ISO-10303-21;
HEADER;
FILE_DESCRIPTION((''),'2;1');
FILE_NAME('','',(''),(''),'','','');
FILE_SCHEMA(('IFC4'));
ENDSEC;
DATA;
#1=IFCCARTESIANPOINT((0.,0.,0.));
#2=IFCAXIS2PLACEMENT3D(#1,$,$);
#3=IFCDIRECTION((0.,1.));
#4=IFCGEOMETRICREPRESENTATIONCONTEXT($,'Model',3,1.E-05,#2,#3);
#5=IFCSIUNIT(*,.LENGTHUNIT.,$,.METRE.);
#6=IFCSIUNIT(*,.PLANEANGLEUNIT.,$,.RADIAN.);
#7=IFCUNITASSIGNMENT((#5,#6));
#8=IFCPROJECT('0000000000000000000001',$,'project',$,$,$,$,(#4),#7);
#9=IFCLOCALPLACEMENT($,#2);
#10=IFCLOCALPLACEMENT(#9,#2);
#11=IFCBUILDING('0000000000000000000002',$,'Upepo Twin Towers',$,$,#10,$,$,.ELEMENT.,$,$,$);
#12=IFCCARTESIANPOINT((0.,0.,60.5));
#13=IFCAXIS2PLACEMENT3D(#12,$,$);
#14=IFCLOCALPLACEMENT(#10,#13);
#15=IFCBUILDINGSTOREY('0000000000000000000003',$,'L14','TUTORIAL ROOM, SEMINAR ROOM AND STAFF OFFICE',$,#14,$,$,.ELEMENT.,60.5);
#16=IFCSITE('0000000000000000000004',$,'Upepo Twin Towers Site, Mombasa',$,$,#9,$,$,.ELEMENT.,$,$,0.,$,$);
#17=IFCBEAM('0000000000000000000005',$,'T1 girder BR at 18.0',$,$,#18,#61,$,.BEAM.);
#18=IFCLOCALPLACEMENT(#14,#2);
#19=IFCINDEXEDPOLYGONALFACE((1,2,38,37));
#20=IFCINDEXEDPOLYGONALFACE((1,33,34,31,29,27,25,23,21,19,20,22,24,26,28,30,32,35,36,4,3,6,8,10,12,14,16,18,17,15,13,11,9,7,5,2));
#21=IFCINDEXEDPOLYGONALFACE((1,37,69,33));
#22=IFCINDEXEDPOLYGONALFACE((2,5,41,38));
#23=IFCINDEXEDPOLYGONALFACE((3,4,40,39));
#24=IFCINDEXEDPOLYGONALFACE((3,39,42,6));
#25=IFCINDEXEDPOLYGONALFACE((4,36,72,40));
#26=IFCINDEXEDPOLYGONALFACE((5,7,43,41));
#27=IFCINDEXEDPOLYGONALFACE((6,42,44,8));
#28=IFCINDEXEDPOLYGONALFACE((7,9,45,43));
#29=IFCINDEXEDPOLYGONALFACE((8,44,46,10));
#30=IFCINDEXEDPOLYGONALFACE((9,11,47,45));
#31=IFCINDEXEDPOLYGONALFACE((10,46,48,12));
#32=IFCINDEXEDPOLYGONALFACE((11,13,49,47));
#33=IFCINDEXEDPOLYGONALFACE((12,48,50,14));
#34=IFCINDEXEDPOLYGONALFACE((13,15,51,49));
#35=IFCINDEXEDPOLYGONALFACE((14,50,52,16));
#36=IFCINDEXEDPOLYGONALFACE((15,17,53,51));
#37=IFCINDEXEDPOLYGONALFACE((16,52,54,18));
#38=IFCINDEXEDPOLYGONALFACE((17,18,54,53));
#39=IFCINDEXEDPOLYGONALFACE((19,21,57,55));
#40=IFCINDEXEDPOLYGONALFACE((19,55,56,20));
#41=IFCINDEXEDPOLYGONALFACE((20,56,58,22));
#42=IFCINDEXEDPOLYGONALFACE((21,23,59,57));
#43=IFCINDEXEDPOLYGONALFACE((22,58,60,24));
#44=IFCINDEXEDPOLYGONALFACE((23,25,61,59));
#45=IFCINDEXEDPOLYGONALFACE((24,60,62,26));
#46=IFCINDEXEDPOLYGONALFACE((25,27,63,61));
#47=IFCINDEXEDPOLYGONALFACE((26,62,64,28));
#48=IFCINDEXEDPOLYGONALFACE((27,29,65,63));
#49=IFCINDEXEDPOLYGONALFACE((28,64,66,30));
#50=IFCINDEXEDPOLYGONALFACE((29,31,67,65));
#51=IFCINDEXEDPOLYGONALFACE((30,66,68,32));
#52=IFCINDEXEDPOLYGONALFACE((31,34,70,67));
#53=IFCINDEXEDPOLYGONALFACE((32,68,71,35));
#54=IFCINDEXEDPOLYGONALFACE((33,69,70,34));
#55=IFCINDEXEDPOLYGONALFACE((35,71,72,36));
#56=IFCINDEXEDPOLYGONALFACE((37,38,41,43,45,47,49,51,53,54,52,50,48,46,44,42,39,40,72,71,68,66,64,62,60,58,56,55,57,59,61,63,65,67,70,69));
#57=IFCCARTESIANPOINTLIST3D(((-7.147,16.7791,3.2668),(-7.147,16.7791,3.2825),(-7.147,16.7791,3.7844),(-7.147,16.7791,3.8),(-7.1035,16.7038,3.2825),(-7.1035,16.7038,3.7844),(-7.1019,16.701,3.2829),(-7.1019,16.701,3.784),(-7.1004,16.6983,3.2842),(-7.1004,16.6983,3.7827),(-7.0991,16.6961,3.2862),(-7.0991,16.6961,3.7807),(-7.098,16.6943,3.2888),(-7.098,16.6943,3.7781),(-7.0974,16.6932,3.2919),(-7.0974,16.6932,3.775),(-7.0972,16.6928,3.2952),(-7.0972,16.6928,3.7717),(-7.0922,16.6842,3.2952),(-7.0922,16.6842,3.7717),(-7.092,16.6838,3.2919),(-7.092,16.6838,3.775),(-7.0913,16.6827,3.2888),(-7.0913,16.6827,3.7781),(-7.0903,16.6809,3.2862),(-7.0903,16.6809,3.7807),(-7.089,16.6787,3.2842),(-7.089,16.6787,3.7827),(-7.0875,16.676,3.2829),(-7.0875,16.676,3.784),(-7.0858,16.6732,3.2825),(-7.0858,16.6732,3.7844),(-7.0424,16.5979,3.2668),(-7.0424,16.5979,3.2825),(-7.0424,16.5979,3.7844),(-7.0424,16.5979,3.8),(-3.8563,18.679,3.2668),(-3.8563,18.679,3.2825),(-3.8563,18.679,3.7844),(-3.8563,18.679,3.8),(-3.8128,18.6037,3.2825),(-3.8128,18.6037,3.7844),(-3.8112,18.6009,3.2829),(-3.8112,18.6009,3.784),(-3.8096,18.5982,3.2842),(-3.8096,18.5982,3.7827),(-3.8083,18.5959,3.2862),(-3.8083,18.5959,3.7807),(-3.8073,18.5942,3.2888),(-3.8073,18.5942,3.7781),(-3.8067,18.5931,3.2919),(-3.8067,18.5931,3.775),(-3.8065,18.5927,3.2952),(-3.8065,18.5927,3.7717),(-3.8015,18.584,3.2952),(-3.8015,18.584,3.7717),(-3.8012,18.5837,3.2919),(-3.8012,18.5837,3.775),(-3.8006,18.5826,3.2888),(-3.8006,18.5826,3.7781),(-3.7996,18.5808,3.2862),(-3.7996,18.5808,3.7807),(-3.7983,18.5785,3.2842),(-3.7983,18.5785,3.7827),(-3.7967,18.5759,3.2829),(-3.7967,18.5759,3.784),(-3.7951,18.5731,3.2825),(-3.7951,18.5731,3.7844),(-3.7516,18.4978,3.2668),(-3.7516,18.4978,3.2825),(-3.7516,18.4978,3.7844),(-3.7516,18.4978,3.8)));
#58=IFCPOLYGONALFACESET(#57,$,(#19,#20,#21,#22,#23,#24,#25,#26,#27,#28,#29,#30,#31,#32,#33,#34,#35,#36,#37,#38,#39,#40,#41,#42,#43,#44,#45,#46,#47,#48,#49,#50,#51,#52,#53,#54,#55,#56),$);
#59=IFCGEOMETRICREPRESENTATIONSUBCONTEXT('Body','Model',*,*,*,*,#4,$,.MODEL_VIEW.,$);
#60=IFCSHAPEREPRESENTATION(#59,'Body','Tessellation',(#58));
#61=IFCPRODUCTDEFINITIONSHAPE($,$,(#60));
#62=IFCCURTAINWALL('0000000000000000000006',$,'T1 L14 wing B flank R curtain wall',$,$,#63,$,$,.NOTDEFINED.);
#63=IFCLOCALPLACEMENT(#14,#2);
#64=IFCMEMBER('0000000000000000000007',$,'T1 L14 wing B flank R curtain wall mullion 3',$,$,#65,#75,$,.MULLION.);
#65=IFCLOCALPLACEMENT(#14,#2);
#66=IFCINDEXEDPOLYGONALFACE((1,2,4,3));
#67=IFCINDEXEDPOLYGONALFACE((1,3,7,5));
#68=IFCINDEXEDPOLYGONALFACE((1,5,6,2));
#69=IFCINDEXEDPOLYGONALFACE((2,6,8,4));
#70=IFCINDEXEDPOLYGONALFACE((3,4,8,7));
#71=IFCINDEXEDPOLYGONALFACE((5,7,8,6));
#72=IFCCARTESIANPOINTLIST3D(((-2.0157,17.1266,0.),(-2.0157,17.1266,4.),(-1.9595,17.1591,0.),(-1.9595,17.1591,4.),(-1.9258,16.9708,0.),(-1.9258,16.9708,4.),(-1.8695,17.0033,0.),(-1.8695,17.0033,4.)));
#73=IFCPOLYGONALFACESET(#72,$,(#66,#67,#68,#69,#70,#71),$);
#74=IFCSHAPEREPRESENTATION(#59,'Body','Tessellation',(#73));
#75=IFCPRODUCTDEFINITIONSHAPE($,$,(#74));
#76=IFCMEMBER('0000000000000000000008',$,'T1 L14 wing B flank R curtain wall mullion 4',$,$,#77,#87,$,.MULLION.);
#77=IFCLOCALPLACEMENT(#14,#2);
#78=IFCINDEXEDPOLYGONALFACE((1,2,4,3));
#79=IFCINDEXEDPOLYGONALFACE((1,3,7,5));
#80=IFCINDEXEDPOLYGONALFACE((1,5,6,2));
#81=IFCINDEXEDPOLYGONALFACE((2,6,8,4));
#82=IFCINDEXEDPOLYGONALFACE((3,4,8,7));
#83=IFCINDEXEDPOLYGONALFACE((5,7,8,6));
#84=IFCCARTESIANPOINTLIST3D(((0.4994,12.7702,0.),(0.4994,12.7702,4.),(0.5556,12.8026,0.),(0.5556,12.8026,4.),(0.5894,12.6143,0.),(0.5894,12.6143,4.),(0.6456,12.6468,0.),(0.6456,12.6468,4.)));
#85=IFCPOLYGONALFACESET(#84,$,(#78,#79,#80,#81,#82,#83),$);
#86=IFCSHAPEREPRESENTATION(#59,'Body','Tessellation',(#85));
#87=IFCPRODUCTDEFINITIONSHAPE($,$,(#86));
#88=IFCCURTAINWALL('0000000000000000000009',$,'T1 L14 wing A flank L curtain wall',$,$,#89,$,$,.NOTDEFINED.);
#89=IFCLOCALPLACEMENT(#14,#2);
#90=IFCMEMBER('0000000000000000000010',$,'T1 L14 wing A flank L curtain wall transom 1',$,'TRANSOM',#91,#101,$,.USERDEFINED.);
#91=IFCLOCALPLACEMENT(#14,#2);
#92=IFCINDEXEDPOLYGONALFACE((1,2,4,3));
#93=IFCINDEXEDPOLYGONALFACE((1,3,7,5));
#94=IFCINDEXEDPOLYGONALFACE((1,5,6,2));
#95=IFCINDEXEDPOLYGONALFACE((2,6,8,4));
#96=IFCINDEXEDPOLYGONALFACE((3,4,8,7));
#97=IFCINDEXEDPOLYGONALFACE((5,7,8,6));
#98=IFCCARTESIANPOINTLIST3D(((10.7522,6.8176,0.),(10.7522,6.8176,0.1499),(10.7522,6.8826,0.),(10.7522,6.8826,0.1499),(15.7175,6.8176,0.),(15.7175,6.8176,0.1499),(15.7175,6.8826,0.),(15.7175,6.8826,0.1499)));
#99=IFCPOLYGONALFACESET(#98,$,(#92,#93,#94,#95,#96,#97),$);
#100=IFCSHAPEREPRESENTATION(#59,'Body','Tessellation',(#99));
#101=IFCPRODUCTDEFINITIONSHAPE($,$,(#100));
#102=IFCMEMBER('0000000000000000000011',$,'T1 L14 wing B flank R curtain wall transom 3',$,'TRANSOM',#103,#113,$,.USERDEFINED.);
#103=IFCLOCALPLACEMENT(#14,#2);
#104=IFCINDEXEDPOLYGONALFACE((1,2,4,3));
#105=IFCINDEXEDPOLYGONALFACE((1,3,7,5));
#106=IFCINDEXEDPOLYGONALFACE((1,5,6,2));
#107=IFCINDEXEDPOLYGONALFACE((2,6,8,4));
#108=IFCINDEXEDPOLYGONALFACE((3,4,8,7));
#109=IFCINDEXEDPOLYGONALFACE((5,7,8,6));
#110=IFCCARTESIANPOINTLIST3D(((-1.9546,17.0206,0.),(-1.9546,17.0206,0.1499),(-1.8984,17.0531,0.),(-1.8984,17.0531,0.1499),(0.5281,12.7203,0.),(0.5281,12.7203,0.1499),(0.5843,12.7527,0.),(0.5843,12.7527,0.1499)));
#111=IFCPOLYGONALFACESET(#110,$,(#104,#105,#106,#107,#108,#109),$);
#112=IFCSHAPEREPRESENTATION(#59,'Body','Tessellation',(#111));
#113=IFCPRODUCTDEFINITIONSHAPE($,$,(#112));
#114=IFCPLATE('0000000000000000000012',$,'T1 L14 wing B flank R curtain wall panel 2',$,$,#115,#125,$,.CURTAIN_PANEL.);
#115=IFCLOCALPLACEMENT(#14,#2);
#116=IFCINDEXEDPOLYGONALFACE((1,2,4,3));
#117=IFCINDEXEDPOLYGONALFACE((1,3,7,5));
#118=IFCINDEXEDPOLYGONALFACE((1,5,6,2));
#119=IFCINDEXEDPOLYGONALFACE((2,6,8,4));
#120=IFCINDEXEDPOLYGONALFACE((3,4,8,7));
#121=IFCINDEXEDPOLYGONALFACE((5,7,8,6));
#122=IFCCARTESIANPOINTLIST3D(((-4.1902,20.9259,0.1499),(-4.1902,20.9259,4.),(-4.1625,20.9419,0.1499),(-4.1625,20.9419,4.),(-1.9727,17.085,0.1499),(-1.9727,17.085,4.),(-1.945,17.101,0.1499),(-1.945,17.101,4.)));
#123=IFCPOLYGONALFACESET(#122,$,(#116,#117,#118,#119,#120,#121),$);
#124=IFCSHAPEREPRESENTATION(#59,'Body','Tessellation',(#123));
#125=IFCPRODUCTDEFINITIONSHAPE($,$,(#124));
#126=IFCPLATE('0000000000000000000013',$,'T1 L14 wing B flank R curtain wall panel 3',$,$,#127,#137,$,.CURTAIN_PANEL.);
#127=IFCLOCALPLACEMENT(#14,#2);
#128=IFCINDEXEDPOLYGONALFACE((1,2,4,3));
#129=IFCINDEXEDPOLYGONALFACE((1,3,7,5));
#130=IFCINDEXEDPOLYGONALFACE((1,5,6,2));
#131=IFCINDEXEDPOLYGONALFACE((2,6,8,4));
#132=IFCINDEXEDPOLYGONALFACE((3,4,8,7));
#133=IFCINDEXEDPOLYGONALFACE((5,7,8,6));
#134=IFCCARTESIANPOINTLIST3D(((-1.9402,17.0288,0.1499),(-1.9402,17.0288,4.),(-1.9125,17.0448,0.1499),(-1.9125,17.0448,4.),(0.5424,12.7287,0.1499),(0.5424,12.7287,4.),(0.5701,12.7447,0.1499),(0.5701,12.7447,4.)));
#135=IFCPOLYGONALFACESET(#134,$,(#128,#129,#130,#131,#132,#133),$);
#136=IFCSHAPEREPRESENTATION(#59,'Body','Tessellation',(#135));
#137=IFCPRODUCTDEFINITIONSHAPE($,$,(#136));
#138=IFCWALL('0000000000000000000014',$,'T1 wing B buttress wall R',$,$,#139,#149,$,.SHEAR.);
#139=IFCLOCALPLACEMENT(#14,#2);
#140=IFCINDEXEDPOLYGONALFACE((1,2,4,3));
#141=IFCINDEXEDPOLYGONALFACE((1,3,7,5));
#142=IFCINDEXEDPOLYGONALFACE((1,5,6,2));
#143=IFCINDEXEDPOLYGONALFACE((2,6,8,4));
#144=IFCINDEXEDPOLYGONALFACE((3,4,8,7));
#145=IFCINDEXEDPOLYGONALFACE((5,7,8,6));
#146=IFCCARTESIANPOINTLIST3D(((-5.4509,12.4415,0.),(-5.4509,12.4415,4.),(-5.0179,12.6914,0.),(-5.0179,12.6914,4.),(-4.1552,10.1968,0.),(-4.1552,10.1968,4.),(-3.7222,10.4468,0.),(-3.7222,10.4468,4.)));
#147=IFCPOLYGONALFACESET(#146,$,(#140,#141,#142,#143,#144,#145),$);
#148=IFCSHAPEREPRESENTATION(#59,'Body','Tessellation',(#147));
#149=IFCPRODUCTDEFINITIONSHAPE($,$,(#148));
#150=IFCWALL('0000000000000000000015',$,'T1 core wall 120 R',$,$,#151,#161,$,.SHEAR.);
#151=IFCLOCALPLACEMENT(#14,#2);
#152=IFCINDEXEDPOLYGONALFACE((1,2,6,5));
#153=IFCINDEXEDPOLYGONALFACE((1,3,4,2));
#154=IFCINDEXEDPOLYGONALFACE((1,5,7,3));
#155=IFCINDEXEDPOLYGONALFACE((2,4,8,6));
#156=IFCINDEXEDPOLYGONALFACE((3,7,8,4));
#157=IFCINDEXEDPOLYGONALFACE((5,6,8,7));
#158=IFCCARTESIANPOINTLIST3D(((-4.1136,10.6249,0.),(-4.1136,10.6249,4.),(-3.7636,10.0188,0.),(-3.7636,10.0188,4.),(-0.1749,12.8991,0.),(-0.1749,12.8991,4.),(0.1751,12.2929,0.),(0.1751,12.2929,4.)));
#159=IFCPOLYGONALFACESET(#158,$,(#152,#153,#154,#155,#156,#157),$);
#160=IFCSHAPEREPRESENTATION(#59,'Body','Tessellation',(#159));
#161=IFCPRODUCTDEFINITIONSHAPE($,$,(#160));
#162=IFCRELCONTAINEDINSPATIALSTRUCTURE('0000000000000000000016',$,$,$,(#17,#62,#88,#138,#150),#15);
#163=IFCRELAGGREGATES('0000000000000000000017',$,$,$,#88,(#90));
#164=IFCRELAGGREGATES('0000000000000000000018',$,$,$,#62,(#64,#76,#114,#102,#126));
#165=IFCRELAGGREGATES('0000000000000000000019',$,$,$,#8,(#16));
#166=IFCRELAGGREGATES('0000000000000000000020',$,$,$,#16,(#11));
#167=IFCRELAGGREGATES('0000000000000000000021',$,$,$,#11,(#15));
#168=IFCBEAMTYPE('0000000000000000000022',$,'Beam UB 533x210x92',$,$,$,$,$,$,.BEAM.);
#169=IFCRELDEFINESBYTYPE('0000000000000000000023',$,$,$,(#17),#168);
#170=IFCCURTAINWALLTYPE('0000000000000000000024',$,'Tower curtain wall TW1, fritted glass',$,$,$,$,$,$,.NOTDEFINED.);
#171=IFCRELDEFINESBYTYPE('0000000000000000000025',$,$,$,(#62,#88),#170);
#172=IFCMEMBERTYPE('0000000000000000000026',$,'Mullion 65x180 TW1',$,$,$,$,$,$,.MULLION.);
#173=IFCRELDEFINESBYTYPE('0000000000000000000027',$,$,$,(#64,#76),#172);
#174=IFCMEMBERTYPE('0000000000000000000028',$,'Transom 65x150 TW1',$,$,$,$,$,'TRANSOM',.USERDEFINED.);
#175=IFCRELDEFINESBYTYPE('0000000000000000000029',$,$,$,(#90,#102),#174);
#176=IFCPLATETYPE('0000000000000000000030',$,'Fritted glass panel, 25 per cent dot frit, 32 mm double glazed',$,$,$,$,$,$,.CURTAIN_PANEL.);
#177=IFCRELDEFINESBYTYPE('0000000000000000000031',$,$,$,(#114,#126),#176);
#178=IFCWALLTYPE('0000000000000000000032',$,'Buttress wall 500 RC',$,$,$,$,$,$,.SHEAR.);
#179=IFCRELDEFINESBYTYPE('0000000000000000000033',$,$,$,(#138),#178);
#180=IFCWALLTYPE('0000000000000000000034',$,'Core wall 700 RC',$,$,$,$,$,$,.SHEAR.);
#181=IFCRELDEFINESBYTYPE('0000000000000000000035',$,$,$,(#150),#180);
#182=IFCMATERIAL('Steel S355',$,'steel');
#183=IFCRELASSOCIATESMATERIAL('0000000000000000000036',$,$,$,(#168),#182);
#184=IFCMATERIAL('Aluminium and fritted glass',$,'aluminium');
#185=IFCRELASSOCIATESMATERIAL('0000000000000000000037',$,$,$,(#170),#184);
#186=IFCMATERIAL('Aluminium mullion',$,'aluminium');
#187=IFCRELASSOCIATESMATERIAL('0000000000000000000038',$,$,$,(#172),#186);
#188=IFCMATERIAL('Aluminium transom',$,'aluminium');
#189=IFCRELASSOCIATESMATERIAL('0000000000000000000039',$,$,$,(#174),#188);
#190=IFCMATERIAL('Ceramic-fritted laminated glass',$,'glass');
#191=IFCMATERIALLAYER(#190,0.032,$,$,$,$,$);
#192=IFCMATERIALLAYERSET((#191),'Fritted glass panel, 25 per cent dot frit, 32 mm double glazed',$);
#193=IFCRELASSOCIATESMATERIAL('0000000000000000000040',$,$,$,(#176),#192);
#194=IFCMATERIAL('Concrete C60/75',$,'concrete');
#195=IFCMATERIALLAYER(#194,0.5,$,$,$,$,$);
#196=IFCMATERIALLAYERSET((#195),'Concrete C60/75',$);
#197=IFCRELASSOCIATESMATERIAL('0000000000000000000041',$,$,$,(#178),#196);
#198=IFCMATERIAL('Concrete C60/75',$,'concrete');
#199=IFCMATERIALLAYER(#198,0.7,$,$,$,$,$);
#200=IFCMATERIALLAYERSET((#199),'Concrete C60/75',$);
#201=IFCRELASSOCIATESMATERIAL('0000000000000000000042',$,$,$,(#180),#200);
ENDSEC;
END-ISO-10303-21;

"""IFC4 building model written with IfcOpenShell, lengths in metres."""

from ifc_helpers import new_model, si_unit, direction, frame, frame_2d, origin, origin_2d, place, context, subcontext, project, spatial, rectangle, i_section, extrude, material, layer, layer_set, material_profile, profile_set, type_object, element, aggregate, save


model = new_model("IFC4")

# Units and contexts
model_context = context("Model", 3, precision=1e-05, world=origin(), true_north=direction((0.0, 1.0)))
body_context = subcontext(model_context, "Body", "Model", "MODEL_VIEW")
ifc_project = project(units=[si_unit("LENGTHUNIT", "METRE"), si_unit("PLANEANGLEUNIT", "RADIAN")], contexts=[model_context])

# Site, building, storey
site_placement = place(None, origin())
site = spatial("IfcSite", under=ifc_project, at=site_placement, Name="Upepo Twin Towers Site, Mombasa", CompositionType="ELEMENT", RefElevation=0.0)
building_placement = place(site_placement, origin())
building = spatial("IfcBuilding", under=site, at=building_placement, Name="Upepo Twin Towers", CompositionType="ELEMENT")
storey_placement = place(building_placement, frame((0.0, 0.0, 60.5)))
storey = spatial("IfcBuildingStorey", under=building, at=storey_placement, Name="L14", Description="TUTORIAL ROOM, SEMINAR ROOM AND STAFF OFFICE", CompositionType="ELEMENT", Elevation=60.5)

# Beam
ifc_material_1 = material(Name="Steel S355", Category="steel")
ifc_material_profile_1 = material_profile(ifc_material_1, i_section(OverallWidth=0.2092, OverallDepth=0.5332, WebThickness=0.01, FlangeThickness=0.0156, FilletRadius=0.0127, at=origin_2d()), Name="UB 533x210x92")
ifc_profile_set_1 = profile_set([ifc_material_profile_1], Name="Steel S355")
beam_type_1 = type_object("IfcBeamType", Name="Beam UB 533x210x92", PredefinedType="BEAM", material=ifc_profile_set_1)
beam_1_placement = place(storey_placement, frame((-3.804, 18.5884, 3.5334), z_axis=(-0.866028, -0.499995, 0.0), x_axis=(0.499995, -0.866028, 0.0)))
element("IfcBeam", 1, at=beam_1_placement, inside=storey, type_object=beam_type_1, Name="T1 girder BR at 18.0", PredefinedType="BEAM", context=body_context, shape_type="SweptSolid", body=[
    extrude(i_section(OverallWidth=0.2092, OverallDepth=0.5332, WebThickness=0.01, FlangeThickness=0.0156, FilletRadius=0.0127, at=origin_2d()), origin(), (0.0, 0.0, 1.0), 3.7998),
])

# Curtain wall, members
ifc_material_2 = material(Name="Aluminium and fritted glass", Category="aluminium")
curtain_wall_type = type_object("IfcCurtainWallType", Name="Tower curtain wall TW1, fritted glass", PredefinedType="NOTDEFINED", material=ifc_material_2)
curtain_wall_1_placement = place(storey_placement, origin())
curtain_wall_1 = element("IfcCurtainWall", 2, at=curtain_wall_1_placement, inside=storey, type_object=curtain_wall_type, Name="T1 L14 wing B flank R curtain wall", PredefinedType="NOTDEFINED")
ifc_material_3 = material(Name="Aluminium mullion", Category="aluminium")
ifc_material_profile_2 = material_profile(ifc_material_3, rectangle(XDim=0.0649, YDim=0.1799, at=origin_2d()), Name="MULLION 65x180")
ifc_profile_set_2 = profile_set([ifc_material_profile_2], Name="Aluminium mullion")
member_type_1 = type_object("IfcMemberType", Name="Mullion 65x180 TW1", PredefinedType="MULLION", material=ifc_profile_set_2)
member_1_placement = place(storey_placement, frame((-1.9426, 17.0649, 0.0), z_axis=(0.0, 0.0, 1.0), x_axis=(0.866025, 0.5, 0.0)))
member_1 = element("IfcMember", 3, at=member_1_placement, type_object=member_type_1, Name="T1 L14 wing B flank R curtain wall mullion 3", PredefinedType="MULLION", context=body_context, shape_type="SweptSolid", body=[
    extrude(rectangle(XDim=0.0649, YDim=0.1799, at=origin_2d()), origin(), (0.0, 0.0, 1.0), 4.0),
])
member_2_placement = place(storey_placement, frame((0.5725, 12.7085, 0.0), z_axis=(0.0, 0.0, 1.0), x_axis=(0.866025, 0.5, 0.0)))
member_2 = element("IfcMember", 4, at=member_2_placement, type_object=member_type_1, Name="T1 L14 wing B flank R curtain wall mullion 4", PredefinedType="MULLION", context=body_context, shape_type="SweptSolid", body=[
    extrude(rectangle(XDim=0.0649, YDim=0.1799, at=origin_2d()), origin(), (0.0, 0.0, 1.0), 4.0),
])

# Curtain wall, member
curtain_wall_2_placement = place(storey_placement, origin())
curtain_wall_2 = element("IfcCurtainWall", 5, at=curtain_wall_2_placement, inside=storey, type_object=curtain_wall_type, Name="T1 L14 wing A flank L curtain wall", PredefinedType="NOTDEFINED")
ifc_material_4 = material(Name="Aluminium transom", Category="aluminium")
ifc_material_profile_3 = material_profile(ifc_material_4, rectangle(XDim=0.0649, YDim=0.1499, at=origin_2d()), Name="TRANSOM 65x150")
ifc_profile_set_3 = profile_set([ifc_material_profile_3], Name="Aluminium transom")
member_type_2 = type_object("IfcMemberType", Name="Transom 65x150 TW1", ElementType="TRANSOM", PredefinedType="USERDEFINED", material=ifc_profile_set_3)
member_3_placement = place(storey_placement, frame((10.7522, 6.8501, 0.075), z_axis=(1.0, 0.0, 0.0), x_axis=(0.0, 1.0, 0.0)))
member_3 = element("IfcMember", 6, at=member_3_placement, type_object=member_type_2, Name="T1 L14 wing A flank L curtain wall transom 1", ObjectType="TRANSOM", PredefinedType="USERDEFINED", context=body_context, shape_type="SweptSolid", body=[
    extrude(rectangle(XDim=0.0649, YDim=0.1499, at=origin_2d()), origin(), (0.0, 0.0, 1.0), 4.9653),
])
aggregate(curtain_wall_2, [member_3])

# Member
member_4_placement = place(storey_placement, frame((-1.9265, 17.0369, 0.075), z_axis=(0.499983, -0.866035, 0.0), x_axis=(0.866035, 0.499983, 0.0)))
member_4 = element("IfcMember", 7, at=member_4_placement, type_object=member_type_2, Name="T1 L14 wing B flank R curtain wall transom 3", ObjectType="TRANSOM", PredefinedType="USERDEFINED", context=body_context, shape_type="SweptSolid", body=[
    extrude(rectangle(XDim=0.0649, YDim=0.1499, at=origin_2d()), origin(), (0.0, 0.0, 1.0), 4.9656),
])

# Plates
ifc_material_5 = material(Name="Ceramic-fritted laminated glass", Category="glass")
ifc_layer_1 = layer(ifc_material_5, 0.032)
ifc_layer_set_1 = layer_set([ifc_layer_1], Name="Fritted glass panel, 25 per cent dot frit, 32 mm double glazed")
plate_type = type_object("IfcPlateType", Name="Fritted glass panel, 25 per cent dot frit, 32 mm double glazed", PredefinedType="CURTAIN_PANEL", material=ifc_layer_set_1)
plate_1_placement = place(storey_placement, frame((-3.0676, 19.0134, 0.1499), z_axis=(0.0, 0.0, 1.0), x_axis=(0.5, -0.866025, 0.0)))
plate_1 = element("IfcPlate", 8, at=plate_1_placement, type_object=plate_type, Name="T1 L14 wing B flank R curtain wall panel 2", PredefinedType="CURTAIN_PANEL", context=body_context, shape_type="SweptSolid", body=[
    extrude(rectangle(XDim=4.4351, YDim=0.032, at=origin_2d()), origin(), (0.0, 0.0, 1.0), 3.8501),
])
plate_2_placement = place(storey_placement, frame((-0.6851, 14.8867, 0.1499), z_axis=(0.0, 0.0, 1.0), x_axis=(0.5, -0.866025, 0.0)))
plate_2 = element("IfcPlate", 9, at=plate_2_placement, type_object=plate_type, Name="T1 L14 wing B flank R curtain wall panel 3", PredefinedType="CURTAIN_PANEL", context=body_context, shape_type="SweptSolid", body=[
    extrude(rectangle(XDim=4.9653, YDim=0.032, at=origin_2d()), origin(), (0.0, 0.0, 1.0), 3.8501),
])
aggregate(curtain_wall_1, [member_1, member_2, plate_1, member_4, plate_2])

# Walls
ifc_material_6 = material(Name="Concrete C60/75", Category="concrete")
ifc_layer_2 = layer(ifc_material_6, 0.5)
ifc_layer_set_2 = layer_set([ifc_layer_2], Name="Concrete C60/75")
wall_type_1 = type_object("IfcWallType", Name="Buttress wall 500 RC", PredefinedType="SHEAR", material=ifc_layer_set_2)
wall_1_placement = place(storey_placement, frame((-3.9387, 10.3218, 0.0), z_axis=(0.0, 0.0, 1.0), x_axis=(-0.499918, 0.866073, 0.0)))
element("IfcWall", 10, at=wall_1_placement, inside=storey, type_object=wall_type_1, Name="T1 wing B buttress wall R", PredefinedType="SHEAR", context=body_context, shape_type="SweptSolid", body=[
    extrude(rectangle(XDim=2.5918, YDim=0.5, at=frame_2d((1.2959, 0.0))), origin(), (0.0, 0.0, 1.0), 4.0),
])
ifc_material_7 = material(Name="Concrete C60/75", Category="concrete")
ifc_layer_3 = layer(ifc_material_7, 0.7)
ifc_layer_set_3 = layer_set([ifc_layer_3], Name="Concrete C60/75")
wall_type_2 = type_object("IfcWallType", Name="Core wall 700 RC", PredefinedType="SHEAR", material=ifc_layer_set_3)
wall_2_placement = place(storey_placement, frame((0.0, 12.5959, 0.0), z_axis=(0.0, 0.0, 1.0), x_axis=(-0.866011, -0.500024, 0.0)))
element("IfcWall", 11, at=wall_2_placement, inside=storey, type_object=wall_type_2, Name="T1 core wall 120 R", PredefinedType="SHEAR", context=body_context, shape_type="SweptSolid", body=[
    extrude(rectangle(XDim=4.5481, YDim=0.7, at=frame_2d((2.2739, 0.0))), origin(), (0.0, 0.0, 1.0), 4.0),
])

save(model, "model.ifc")
